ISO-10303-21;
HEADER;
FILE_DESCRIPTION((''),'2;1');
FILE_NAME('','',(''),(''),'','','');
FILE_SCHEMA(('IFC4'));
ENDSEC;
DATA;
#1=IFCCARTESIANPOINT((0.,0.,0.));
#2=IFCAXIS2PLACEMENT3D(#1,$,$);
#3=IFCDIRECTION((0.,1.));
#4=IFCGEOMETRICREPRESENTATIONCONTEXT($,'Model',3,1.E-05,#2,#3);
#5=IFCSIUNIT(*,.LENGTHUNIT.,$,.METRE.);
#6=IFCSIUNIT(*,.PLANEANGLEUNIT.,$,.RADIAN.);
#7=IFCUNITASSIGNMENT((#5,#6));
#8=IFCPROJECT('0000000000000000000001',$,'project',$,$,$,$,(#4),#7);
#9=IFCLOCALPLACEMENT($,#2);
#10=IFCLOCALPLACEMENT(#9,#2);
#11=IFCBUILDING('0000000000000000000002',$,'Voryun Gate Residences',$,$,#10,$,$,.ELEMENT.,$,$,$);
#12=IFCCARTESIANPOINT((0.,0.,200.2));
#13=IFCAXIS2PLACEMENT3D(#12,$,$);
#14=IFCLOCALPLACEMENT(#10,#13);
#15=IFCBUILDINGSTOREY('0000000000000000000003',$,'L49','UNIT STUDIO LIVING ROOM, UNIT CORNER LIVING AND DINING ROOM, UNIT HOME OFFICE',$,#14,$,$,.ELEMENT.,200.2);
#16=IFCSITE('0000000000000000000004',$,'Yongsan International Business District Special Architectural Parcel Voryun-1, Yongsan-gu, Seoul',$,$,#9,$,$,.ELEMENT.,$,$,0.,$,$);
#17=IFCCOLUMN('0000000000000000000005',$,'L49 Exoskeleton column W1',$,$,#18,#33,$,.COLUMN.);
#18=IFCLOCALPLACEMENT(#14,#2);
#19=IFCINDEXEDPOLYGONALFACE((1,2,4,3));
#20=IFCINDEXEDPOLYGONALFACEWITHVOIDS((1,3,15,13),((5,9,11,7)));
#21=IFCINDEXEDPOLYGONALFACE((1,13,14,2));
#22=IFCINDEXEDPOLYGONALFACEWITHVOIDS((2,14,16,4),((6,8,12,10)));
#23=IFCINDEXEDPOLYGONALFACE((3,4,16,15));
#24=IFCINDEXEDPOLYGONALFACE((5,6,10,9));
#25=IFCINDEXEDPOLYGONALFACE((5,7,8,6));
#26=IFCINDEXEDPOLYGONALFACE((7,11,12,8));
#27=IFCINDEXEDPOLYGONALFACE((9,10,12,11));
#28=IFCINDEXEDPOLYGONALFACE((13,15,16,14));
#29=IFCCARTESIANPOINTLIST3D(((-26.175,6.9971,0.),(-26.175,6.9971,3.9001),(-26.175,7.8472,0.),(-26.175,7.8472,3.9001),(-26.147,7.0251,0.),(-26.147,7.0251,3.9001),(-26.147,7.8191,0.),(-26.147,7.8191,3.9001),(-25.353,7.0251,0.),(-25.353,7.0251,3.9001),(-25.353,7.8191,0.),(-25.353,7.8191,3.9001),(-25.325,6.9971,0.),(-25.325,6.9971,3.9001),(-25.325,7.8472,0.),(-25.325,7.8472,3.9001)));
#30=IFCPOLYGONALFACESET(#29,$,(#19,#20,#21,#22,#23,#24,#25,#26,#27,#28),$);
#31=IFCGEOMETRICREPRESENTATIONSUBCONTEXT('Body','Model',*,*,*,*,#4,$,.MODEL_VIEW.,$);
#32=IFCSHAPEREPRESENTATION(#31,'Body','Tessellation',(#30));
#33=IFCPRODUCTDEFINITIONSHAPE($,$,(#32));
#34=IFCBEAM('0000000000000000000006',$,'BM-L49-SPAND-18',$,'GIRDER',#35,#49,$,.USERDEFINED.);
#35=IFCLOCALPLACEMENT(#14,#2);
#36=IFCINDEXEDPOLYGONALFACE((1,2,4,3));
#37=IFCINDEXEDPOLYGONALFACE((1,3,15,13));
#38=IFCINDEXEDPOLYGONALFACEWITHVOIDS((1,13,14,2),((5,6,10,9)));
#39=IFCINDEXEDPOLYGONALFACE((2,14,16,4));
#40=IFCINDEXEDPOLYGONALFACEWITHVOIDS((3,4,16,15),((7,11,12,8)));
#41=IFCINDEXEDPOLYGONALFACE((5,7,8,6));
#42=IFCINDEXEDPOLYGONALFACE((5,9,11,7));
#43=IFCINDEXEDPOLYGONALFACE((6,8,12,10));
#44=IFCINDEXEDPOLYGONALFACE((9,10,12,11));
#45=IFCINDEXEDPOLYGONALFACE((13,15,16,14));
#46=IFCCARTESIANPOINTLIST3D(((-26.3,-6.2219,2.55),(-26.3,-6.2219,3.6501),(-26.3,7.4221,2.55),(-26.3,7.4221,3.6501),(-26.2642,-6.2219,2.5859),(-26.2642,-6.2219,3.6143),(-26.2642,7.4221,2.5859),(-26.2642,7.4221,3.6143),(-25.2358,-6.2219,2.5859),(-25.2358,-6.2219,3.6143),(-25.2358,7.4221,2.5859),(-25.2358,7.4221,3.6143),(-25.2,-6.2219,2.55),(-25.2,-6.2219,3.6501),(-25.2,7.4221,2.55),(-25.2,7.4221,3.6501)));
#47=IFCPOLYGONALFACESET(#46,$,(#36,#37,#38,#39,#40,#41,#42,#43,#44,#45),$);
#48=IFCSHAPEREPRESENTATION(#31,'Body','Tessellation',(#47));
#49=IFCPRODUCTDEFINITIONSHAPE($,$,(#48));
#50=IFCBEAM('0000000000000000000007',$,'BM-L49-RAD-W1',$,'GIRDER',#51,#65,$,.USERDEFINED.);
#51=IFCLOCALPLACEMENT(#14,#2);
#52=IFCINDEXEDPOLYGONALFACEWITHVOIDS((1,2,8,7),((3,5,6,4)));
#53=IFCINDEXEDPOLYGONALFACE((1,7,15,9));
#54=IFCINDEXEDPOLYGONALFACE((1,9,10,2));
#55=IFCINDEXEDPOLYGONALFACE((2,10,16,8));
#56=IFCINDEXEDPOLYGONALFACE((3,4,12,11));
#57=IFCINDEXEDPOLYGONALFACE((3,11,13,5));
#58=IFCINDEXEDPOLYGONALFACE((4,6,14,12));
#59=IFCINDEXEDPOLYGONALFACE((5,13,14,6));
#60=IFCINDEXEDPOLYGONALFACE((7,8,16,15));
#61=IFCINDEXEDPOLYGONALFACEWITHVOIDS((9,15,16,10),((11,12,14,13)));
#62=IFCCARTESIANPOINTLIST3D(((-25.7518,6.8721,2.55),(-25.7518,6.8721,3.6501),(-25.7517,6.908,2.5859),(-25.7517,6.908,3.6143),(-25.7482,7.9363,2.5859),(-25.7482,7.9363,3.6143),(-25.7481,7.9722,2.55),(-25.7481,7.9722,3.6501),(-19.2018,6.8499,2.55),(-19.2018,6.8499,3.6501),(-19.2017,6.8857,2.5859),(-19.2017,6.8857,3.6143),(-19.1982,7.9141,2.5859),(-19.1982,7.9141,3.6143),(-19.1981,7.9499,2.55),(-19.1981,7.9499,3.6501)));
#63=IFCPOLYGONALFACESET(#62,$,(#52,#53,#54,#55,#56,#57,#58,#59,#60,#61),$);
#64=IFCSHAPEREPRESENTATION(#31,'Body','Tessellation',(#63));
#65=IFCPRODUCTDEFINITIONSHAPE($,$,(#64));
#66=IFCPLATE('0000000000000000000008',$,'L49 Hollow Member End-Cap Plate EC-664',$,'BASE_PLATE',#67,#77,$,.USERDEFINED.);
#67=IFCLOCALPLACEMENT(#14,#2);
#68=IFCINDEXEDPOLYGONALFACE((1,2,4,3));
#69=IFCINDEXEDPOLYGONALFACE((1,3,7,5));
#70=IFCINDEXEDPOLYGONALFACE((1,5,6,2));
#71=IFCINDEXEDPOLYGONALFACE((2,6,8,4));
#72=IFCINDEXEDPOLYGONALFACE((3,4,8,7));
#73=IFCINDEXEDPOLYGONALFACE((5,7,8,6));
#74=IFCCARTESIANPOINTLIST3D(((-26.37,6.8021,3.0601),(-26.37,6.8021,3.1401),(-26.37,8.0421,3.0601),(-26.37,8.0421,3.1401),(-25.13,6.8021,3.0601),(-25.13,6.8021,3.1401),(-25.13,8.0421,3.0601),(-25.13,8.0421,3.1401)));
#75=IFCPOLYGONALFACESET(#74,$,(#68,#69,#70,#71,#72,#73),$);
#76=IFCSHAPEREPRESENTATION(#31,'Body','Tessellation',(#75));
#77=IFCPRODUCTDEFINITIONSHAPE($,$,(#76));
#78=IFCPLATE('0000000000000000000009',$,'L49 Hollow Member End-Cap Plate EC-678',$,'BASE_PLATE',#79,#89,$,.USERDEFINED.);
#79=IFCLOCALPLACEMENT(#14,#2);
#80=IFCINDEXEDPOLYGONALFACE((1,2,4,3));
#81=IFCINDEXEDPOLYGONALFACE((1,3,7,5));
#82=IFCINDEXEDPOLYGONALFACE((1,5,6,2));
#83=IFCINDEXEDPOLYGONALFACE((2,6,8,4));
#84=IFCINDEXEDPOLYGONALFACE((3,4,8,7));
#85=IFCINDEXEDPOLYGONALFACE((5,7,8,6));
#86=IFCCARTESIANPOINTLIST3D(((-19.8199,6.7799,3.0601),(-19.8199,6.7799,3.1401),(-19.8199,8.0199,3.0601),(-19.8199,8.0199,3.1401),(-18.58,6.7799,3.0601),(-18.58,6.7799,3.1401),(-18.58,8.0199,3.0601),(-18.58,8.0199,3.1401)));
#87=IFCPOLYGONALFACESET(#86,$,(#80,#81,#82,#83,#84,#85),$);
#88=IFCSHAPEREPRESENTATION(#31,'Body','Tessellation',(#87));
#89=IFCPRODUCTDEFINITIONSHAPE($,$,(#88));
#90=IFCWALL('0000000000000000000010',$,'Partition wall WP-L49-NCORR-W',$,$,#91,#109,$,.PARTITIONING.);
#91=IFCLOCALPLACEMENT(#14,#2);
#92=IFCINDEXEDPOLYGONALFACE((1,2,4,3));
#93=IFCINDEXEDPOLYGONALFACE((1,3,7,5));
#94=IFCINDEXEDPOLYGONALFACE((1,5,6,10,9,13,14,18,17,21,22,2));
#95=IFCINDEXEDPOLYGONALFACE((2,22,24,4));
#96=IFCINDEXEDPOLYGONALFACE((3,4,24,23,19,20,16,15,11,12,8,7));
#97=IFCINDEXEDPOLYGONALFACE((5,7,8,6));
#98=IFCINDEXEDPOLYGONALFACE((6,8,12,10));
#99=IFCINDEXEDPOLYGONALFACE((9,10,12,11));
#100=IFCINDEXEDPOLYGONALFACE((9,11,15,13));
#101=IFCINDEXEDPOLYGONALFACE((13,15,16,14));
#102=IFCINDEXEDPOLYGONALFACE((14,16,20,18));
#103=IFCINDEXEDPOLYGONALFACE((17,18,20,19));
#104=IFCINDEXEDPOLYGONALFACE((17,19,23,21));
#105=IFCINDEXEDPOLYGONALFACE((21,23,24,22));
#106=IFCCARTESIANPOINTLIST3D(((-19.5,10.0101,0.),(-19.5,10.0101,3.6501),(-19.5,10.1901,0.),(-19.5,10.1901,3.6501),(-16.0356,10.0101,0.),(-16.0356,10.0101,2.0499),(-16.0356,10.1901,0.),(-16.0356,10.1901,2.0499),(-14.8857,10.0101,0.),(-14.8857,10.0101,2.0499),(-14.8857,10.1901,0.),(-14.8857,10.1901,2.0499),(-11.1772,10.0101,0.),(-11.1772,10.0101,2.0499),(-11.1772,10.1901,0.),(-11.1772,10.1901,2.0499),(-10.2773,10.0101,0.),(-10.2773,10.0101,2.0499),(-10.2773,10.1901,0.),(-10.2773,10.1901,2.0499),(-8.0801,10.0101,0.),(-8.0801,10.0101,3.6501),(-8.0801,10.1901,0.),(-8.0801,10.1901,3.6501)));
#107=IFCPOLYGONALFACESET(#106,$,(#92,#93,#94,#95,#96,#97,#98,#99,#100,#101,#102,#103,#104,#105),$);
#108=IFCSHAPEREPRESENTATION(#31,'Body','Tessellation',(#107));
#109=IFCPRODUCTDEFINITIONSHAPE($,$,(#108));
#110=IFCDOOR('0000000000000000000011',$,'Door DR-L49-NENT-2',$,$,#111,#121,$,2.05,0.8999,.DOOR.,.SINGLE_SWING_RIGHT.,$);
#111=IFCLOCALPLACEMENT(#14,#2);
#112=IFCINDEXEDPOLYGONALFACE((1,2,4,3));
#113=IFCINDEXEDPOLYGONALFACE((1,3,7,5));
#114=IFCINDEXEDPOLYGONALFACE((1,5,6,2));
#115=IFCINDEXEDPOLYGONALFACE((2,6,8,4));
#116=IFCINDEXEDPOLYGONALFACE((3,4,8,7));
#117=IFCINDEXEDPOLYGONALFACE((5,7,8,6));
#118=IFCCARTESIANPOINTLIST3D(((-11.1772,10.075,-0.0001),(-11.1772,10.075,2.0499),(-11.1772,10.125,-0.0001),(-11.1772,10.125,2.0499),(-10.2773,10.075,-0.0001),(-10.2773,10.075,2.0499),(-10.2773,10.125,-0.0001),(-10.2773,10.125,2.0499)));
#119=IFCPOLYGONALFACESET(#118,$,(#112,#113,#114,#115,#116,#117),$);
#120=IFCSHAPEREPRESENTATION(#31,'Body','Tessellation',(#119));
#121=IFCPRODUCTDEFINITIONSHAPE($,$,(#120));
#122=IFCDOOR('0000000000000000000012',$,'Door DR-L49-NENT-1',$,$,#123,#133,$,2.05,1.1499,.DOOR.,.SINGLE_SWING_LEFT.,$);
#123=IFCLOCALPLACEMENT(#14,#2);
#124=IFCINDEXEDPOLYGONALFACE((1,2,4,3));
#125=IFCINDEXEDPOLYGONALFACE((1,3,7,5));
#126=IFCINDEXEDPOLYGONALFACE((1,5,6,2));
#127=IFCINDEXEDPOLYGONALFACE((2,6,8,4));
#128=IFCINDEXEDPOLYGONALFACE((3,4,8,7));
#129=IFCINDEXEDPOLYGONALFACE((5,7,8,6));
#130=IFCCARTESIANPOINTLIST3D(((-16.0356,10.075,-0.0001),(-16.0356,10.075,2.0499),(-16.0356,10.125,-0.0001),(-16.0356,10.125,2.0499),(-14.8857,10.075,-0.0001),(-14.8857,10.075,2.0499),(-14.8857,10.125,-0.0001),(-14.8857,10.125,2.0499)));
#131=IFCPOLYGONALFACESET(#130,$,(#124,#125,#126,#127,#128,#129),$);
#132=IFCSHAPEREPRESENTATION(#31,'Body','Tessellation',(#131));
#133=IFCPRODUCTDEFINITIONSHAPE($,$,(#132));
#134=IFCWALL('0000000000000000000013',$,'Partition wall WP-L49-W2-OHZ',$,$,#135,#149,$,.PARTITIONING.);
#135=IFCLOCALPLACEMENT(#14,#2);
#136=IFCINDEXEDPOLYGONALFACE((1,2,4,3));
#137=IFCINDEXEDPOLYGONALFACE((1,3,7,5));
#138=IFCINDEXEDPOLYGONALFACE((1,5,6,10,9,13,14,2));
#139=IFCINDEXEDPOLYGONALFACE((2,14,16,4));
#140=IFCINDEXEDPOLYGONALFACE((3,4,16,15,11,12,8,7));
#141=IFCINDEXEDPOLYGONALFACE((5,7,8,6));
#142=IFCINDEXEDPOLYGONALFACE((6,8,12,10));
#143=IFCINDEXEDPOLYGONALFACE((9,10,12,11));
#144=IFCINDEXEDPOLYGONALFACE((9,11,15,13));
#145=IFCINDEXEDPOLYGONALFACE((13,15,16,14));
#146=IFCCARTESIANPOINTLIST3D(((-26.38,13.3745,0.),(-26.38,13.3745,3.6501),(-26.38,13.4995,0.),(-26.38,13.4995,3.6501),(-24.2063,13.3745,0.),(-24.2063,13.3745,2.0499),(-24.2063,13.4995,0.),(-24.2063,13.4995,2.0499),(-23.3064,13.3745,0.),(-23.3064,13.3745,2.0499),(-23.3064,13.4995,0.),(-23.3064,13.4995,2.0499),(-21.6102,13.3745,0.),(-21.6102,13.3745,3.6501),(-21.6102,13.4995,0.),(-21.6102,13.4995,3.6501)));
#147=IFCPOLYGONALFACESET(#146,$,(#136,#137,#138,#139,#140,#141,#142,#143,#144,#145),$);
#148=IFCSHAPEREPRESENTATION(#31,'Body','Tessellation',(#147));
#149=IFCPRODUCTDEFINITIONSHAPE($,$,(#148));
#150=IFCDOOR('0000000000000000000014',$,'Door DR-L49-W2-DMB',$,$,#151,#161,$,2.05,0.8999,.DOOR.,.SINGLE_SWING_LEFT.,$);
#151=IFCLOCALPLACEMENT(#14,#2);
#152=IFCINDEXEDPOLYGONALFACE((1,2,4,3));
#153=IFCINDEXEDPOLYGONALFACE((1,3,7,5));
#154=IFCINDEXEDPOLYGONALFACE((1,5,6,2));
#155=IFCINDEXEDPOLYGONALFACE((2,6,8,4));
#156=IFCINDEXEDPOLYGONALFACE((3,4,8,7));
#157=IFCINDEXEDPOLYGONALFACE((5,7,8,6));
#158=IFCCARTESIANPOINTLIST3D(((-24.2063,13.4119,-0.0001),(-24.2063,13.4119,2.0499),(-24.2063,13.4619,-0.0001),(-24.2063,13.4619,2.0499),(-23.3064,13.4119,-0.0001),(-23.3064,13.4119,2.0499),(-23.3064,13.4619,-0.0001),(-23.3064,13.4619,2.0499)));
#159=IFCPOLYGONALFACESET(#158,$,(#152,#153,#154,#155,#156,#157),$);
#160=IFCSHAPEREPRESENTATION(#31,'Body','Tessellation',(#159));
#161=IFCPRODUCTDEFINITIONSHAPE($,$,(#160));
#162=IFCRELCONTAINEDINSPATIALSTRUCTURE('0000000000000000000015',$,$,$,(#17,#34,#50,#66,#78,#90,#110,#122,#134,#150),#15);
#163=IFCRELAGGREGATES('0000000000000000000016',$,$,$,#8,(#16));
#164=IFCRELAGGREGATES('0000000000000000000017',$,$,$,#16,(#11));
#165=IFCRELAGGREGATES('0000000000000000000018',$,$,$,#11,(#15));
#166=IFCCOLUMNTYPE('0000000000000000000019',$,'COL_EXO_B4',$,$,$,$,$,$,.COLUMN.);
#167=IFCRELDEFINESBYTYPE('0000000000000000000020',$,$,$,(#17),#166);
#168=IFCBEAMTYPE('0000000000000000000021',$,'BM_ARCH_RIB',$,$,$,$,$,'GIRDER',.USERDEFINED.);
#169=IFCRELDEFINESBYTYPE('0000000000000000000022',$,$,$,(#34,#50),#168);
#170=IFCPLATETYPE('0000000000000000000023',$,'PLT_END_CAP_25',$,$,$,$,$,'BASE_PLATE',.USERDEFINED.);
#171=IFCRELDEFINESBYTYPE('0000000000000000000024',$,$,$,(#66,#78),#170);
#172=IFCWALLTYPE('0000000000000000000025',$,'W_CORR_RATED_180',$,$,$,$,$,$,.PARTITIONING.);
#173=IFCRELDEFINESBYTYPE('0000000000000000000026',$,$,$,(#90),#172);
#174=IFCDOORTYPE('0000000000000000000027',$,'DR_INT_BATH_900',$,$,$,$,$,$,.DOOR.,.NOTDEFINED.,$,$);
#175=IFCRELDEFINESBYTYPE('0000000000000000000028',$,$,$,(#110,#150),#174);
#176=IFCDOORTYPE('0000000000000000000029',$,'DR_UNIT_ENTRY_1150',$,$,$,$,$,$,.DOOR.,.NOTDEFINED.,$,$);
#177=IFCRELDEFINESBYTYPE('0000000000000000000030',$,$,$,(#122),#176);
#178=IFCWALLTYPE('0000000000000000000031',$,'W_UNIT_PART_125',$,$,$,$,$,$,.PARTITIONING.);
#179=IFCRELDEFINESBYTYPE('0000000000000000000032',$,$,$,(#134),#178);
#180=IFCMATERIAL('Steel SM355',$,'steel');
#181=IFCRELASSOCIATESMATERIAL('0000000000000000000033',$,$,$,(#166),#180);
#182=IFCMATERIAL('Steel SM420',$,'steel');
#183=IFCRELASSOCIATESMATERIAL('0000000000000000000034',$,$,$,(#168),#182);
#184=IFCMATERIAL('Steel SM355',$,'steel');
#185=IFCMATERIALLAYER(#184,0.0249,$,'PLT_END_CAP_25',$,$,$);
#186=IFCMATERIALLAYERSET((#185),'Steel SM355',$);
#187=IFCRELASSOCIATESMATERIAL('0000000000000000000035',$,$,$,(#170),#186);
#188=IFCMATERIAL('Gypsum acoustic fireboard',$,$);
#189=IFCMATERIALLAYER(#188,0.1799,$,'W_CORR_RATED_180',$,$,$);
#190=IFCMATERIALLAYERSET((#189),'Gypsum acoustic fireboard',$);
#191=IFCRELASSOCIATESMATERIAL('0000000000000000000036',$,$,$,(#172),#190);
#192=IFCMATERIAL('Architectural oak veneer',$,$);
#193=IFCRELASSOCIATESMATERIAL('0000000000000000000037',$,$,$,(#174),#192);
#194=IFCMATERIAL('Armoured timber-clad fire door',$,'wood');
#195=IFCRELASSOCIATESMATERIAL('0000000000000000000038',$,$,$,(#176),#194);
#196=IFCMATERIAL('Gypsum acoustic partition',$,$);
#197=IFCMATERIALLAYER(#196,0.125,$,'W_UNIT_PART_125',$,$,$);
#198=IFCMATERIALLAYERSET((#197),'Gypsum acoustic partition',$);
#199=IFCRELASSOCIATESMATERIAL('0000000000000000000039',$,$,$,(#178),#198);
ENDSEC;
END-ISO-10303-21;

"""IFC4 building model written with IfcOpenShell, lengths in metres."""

from ifc_helpers import new_model, si_unit, direction, frame, frame_2d, origin, origin_2d, place, context, subcontext, project, spatial, rectangle, hollow_rectangle, extrude, material, layer, layer_set, material_profile, profile_set, type_object, element, fill, save


model = new_model("IFC4")

# Units and contexts
model_context = context("Model", 3, precision=1e-05, world=origin(), true_north=direction((0.0, 1.0)))
body_context = subcontext(model_context, "Body", "Model", "MODEL_VIEW")
ifc_project = project(units=[si_unit("LENGTHUNIT", "METRE"), si_unit("PLANEANGLEUNIT", "RADIAN")], contexts=[model_context])

# Site, building, storey
site_placement = place(None, origin())
site = spatial("IfcSite", under=ifc_project, at=site_placement, Name="Yongsan International Business District Special Architectural Parcel Voryun-1, Yongsan-gu, Seoul", CompositionType="ELEMENT", RefElevation=0.0)
building_placement = place(site_placement, origin())
building = spatial("IfcBuilding", under=site, at=building_placement, Name="Voryun Gate Residences", CompositionType="ELEMENT")
storey_placement = place(building_placement, frame((0.0, 0.0, 200.2)))
storey = spatial("IfcBuildingStorey", under=building, at=storey_placement, Name="L49", Description="UNIT STUDIO LIVING ROOM, UNIT CORNER LIVING AND DINING ROOM, UNIT HOME OFFICE", CompositionType="ELEMENT", Elevation=200.2)

# Column
ifc_material_1 = material(Name="Steel SM355", Category="steel")
ifc_material_profile_1 = material_profile(ifc_material_1, hollow_rectangle(XDim=0.8501, YDim=0.8501, WallThickness=0.0281, at=origin_2d()), Name="BOX-850x850x28")
ifc_profile_set_1 = profile_set([ifc_material_profile_1], Name="Steel SM355")
column_type = type_object("IfcColumnType", Name="COL_EXO_B4", PredefinedType="COLUMN", material=ifc_profile_set_1)
column_placement = place(storey_placement, frame((-25.75, 7.4221, 0.0), z_axis=(0.0, 0.0, 1.0), x_axis=(1.0, 0.0, 0.0)))
element("IfcColumn", 1, at=column_placement, inside=storey, type_object=column_type, Name="L49 Exoskeleton column W1", PredefinedType="COLUMN", context=body_context, shape_type="SweptSolid", body=[
    extrude(hollow_rectangle(XDim=0.8501, YDim=0.8501, WallThickness=0.0281, at=origin_2d()), origin(), (0.0, 0.0, 1.0), 3.9001),
])

# Beams
ifc_material_2 = material(Name="Steel SM420", Category="steel")
ifc_material_profile_2 = material_profile(ifc_material_2, hollow_rectangle(XDim=1.1001, YDim=1.1001, WallThickness=0.0359, at=origin_2d()), Name="BOX-1100x1100x36")
ifc_profile_set_2 = profile_set([ifc_material_profile_2], Name="Steel SM420")
beam_type = type_object("IfcBeamType", Name="BM_ARCH_RIB", ElementType="GIRDER", PredefinedType="USERDEFINED", material=ifc_profile_set_2)
beam_1_placement = place(storey_placement, frame((-25.75, 7.4221, 3.1001), z_axis=(0.0, -1.0, 0.0), x_axis=(1.0, 0.0, 0.0)))
element("IfcBeam", 2, at=beam_1_placement, inside=storey, type_object=beam_type, Name="BM-L49-SPAND-18", ObjectType="GIRDER", PredefinedType="USERDEFINED", context=body_context, shape_type="SweptSolid", body=[
    extrude(hollow_rectangle(XDim=1.1001, YDim=1.1001, WallThickness=0.0359, at=origin_2d()), origin(), (0.0, 0.0, 1.0), 13.644),
])
beam_2_placement = place(storey_placement, frame((-19.2, 7.3999, 3.1001), z_axis=(-0.999994, 0.003392, 0.0), x_axis=(-0.003392, -0.999994, 0.0)))
element("IfcBeam", 3, at=beam_2_placement, inside=storey, type_object=beam_type, Name="BM-L49-RAD-W1", ObjectType="GIRDER", PredefinedType="USERDEFINED", context=body_context, shape_type="SweptSolid", body=[
    extrude(hollow_rectangle(XDim=1.1001, YDim=1.1001, WallThickness=0.0359, at=origin_2d()), origin(), (0.0, 0.0, 1.0), 6.55),
])

# Plates
ifc_material_3 = material(Name="Steel SM355", Category="steel")
ifc_layer_1 = layer(ifc_material_3, 0.0249, Name="PLT_END_CAP_25")
ifc_layer_set_1 = layer_set([ifc_layer_1], Name="Steel SM355")
plate_type = type_object("IfcPlateType", Name="PLT_END_CAP_25", ElementType="BASE_PLATE", PredefinedType="USERDEFINED", material=ifc_layer_set_1)
for number, where, z_axis, x_axis, name in (
    (4, (-25.75, 7.4221, 3.0601), (0.0, 0.0, 1.0), (1.0, 0.0, 0.0), "L49 Hollow Member End-Cap Plate EC-664"),
    (5, (-19.2, 7.3999, 3.0601), (0.0, 0.0, 1.0), (1.0, 0.0, 0.0), "L49 Hollow Member End-Cap Plate EC-678"),
):
    element("IfcPlate", number, at=place(storey_placement, frame(where, z_axis=z_axis, x_axis=x_axis)), inside=storey, type_object=plate_type, Name=name, ObjectType="BASE_PLATE", PredefinedType="USERDEFINED", context=body_context, shape_type="SweptSolid", body=[
        extrude(rectangle(XDim=1.24, YDim=1.24, at=origin_2d()), origin(), (0.0, 0.0, 1.0), 0.0801),
    ])

# Wall, openings, doors
ifc_material_4 = material(Name="Gypsum acoustic fireboard")
ifc_layer_2 = layer(ifc_material_4, 0.1799, Name="W_CORR_RATED_180")
ifc_layer_set_2 = layer_set([ifc_layer_2], Name="Gypsum acoustic fireboard")
wall_type_1 = type_object("IfcWallType", Name="W_CORR_RATED_180", PredefinedType="PARTITIONING", material=ifc_layer_set_2)
wall_1_placement = place(storey_placement, frame((-19.5, 10.1001, 0.0), z_axis=(0.0, 0.0, 1.0), x_axis=(1.0, 0.0, 0.0)))
wall_1 = element("IfcWall", 6, at=wall_1_placement, inside=storey, type_object=wall_type_1, Name="Partition wall WP-L49-NCORR-W", PredefinedType="PARTITIONING", context=body_context, shape_type="SweptSolid", body=[
    extrude(rectangle(XDim=11.4199, YDim=0.1799, at=frame_2d((5.71, 0.0))), origin(), (0.0, 0.0, 1.0), 3.6501),
])
opening_1_placement = place(wall_1_placement, frame((3.4644, 0.0, 0.0)))
opening_1 = element("IfcOpeningElement", 7, at=opening_1_placement, cuts=wall_1, PredefinedType="OPENING", context=body_context, shape_type="SweptSolid", body=[
    extrude(rectangle(XDim=1.1499, YDim=2.05, at=frame_2d((0.575, 1.0249))), frame((0.0, 0.0999, 0.0), z_axis=(0.0, -1.0, 0.0), x_axis=(1.0, 0.0, 0.0)), (0.0, 0.0, 1.0), 0.2),
])
opening_2_placement = place(wall_1_placement, frame((8.3228, 0.0, 0.0)))
opening_2 = element("IfcOpeningElement", 8, at=opening_2_placement, cuts=wall_1, PredefinedType="OPENING", context=body_context, shape_type="SweptSolid", body=[
    extrude(rectangle(XDim=0.8999, YDim=2.05, at=frame_2d((0.45, 1.0249))), frame((0.0, 0.0999, 0.0), z_axis=(0.0, -1.0, 0.0), x_axis=(1.0, 0.0, 0.0)), (0.0, 0.0, 1.0), 0.2),
])
ifc_material_5 = material(Name="Architectural oak veneer")
door_type_1 = type_object("IfcDoorType", Name="DR_INT_BATH_900", OperationType="NOTDEFINED", PredefinedType="DOOR", material=ifc_material_5)
door_1_placement = place(opening_2_placement, origin())
door_1 = element("IfcDoor", 9, at=door_1_placement, inside=storey, type_object=door_type_1, Name="Door DR-L49-NENT-2", OperationType="SINGLE_SWING_RIGHT", OverallHeight=2.05, OverallWidth=0.8999, PredefinedType="DOOR", context=body_context, shape_type="SweptSolid", body=[
    extrude(rectangle(XDim=0.8999, YDim=2.05, at=frame_2d((0.45, 1.0249))), frame((0.0, 0.0249, 0.0), z_axis=(0.0, -1.0, 0.0), x_axis=(1.0, 0.0, 0.0)), (0.0, 0.0, 1.0), 0.05),
])
fill(opening_2, door_1)
ifc_material_6 = material(Name="Armoured timber-clad fire door", Category="wood")
door_type_2 = type_object("IfcDoorType", Name="DR_UNIT_ENTRY_1150", OperationType="NOTDEFINED", PredefinedType="DOOR", material=ifc_material_6)
door_2_placement = place(opening_1_placement, origin())
door_2 = element("IfcDoor", 10, at=door_2_placement, inside=storey, type_object=door_type_2, Name="Door DR-L49-NENT-1", OperationType="SINGLE_SWING_LEFT", OverallHeight=2.05, OverallWidth=1.1499, PredefinedType="DOOR", context=body_context, shape_type="SweptSolid", body=[
    extrude(rectangle(XDim=1.1499, YDim=2.05, at=frame_2d((0.575, 1.0249))), frame((0.0, 0.0249, 0.0), z_axis=(0.0, -1.0, 0.0), x_axis=(1.0, 0.0, 0.0)), (0.0, 0.0, 1.0), 0.05),
])
fill(opening_1, door_2)

# Wall, opening, door
ifc_material_7 = material(Name="Gypsum acoustic partition")
ifc_layer_3 = layer(ifc_material_7, 0.125, Name="W_UNIT_PART_125")
ifc_layer_set_3 = layer_set([ifc_layer_3], Name="Gypsum acoustic partition")
wall_type_2 = type_object("IfcWallType", Name="W_UNIT_PART_125", PredefinedType="PARTITIONING", material=ifc_layer_set_3)
wall_2_placement = place(storey_placement, frame((-26.3799, 13.437, 0.0), z_axis=(0.0, 0.0, 1.0), x_axis=(1.0, 0.0, 0.0)))
wall_2 = element("IfcWall", 11, at=wall_2_placement, inside=storey, type_object=wall_type_2, Name="Partition wall WP-L49-W2-OHZ", PredefinedType="PARTITIONING", context=body_context, shape_type="SweptSolid", body=[
    extrude(rectangle(XDim=4.7698, YDim=0.125, at=frame_2d((2.3848, 0.0))), origin(), (0.0, 0.0, 1.0), 3.6501),
])
opening_3_placement = place(wall_2_placement, frame((2.1736, 0.0, 0.0)))
opening_3 = element("IfcOpeningElement", 12, at=opening_3_placement, cuts=wall_2, PredefinedType="OPENING", context=body_context, shape_type="SweptSolid", body=[
    extrude(rectangle(XDim=0.8999, YDim=2.05, at=frame_2d((0.45, 1.0249))), frame((0.0, 0.0725, 0.0), z_axis=(0.0, -1.0, 0.0), x_axis=(1.0, 0.0, 0.0)), (0.0, 0.0, 1.0), 0.145),
])
door_3_placement = place(opening_3_placement, origin())
door_3 = element("IfcDoor", 13, at=door_3_placement, inside=storey, type_object=door_type_1, Name="Door DR-L49-W2-DMB", OperationType="SINGLE_SWING_LEFT", OverallHeight=2.05, OverallWidth=0.8999, PredefinedType="DOOR", context=body_context, shape_type="SweptSolid", body=[
    extrude(rectangle(XDim=0.8999, YDim=2.05, at=frame_2d((0.45, 1.0249))), frame((0.0, 0.0249, 0.0), z_axis=(0.0, -1.0, 0.0), x_axis=(1.0, 0.0, 0.0)), (0.0, 0.0, 1.0), 0.05),
])
fill(opening_3, door_3)

save(model, "model.ifc")
